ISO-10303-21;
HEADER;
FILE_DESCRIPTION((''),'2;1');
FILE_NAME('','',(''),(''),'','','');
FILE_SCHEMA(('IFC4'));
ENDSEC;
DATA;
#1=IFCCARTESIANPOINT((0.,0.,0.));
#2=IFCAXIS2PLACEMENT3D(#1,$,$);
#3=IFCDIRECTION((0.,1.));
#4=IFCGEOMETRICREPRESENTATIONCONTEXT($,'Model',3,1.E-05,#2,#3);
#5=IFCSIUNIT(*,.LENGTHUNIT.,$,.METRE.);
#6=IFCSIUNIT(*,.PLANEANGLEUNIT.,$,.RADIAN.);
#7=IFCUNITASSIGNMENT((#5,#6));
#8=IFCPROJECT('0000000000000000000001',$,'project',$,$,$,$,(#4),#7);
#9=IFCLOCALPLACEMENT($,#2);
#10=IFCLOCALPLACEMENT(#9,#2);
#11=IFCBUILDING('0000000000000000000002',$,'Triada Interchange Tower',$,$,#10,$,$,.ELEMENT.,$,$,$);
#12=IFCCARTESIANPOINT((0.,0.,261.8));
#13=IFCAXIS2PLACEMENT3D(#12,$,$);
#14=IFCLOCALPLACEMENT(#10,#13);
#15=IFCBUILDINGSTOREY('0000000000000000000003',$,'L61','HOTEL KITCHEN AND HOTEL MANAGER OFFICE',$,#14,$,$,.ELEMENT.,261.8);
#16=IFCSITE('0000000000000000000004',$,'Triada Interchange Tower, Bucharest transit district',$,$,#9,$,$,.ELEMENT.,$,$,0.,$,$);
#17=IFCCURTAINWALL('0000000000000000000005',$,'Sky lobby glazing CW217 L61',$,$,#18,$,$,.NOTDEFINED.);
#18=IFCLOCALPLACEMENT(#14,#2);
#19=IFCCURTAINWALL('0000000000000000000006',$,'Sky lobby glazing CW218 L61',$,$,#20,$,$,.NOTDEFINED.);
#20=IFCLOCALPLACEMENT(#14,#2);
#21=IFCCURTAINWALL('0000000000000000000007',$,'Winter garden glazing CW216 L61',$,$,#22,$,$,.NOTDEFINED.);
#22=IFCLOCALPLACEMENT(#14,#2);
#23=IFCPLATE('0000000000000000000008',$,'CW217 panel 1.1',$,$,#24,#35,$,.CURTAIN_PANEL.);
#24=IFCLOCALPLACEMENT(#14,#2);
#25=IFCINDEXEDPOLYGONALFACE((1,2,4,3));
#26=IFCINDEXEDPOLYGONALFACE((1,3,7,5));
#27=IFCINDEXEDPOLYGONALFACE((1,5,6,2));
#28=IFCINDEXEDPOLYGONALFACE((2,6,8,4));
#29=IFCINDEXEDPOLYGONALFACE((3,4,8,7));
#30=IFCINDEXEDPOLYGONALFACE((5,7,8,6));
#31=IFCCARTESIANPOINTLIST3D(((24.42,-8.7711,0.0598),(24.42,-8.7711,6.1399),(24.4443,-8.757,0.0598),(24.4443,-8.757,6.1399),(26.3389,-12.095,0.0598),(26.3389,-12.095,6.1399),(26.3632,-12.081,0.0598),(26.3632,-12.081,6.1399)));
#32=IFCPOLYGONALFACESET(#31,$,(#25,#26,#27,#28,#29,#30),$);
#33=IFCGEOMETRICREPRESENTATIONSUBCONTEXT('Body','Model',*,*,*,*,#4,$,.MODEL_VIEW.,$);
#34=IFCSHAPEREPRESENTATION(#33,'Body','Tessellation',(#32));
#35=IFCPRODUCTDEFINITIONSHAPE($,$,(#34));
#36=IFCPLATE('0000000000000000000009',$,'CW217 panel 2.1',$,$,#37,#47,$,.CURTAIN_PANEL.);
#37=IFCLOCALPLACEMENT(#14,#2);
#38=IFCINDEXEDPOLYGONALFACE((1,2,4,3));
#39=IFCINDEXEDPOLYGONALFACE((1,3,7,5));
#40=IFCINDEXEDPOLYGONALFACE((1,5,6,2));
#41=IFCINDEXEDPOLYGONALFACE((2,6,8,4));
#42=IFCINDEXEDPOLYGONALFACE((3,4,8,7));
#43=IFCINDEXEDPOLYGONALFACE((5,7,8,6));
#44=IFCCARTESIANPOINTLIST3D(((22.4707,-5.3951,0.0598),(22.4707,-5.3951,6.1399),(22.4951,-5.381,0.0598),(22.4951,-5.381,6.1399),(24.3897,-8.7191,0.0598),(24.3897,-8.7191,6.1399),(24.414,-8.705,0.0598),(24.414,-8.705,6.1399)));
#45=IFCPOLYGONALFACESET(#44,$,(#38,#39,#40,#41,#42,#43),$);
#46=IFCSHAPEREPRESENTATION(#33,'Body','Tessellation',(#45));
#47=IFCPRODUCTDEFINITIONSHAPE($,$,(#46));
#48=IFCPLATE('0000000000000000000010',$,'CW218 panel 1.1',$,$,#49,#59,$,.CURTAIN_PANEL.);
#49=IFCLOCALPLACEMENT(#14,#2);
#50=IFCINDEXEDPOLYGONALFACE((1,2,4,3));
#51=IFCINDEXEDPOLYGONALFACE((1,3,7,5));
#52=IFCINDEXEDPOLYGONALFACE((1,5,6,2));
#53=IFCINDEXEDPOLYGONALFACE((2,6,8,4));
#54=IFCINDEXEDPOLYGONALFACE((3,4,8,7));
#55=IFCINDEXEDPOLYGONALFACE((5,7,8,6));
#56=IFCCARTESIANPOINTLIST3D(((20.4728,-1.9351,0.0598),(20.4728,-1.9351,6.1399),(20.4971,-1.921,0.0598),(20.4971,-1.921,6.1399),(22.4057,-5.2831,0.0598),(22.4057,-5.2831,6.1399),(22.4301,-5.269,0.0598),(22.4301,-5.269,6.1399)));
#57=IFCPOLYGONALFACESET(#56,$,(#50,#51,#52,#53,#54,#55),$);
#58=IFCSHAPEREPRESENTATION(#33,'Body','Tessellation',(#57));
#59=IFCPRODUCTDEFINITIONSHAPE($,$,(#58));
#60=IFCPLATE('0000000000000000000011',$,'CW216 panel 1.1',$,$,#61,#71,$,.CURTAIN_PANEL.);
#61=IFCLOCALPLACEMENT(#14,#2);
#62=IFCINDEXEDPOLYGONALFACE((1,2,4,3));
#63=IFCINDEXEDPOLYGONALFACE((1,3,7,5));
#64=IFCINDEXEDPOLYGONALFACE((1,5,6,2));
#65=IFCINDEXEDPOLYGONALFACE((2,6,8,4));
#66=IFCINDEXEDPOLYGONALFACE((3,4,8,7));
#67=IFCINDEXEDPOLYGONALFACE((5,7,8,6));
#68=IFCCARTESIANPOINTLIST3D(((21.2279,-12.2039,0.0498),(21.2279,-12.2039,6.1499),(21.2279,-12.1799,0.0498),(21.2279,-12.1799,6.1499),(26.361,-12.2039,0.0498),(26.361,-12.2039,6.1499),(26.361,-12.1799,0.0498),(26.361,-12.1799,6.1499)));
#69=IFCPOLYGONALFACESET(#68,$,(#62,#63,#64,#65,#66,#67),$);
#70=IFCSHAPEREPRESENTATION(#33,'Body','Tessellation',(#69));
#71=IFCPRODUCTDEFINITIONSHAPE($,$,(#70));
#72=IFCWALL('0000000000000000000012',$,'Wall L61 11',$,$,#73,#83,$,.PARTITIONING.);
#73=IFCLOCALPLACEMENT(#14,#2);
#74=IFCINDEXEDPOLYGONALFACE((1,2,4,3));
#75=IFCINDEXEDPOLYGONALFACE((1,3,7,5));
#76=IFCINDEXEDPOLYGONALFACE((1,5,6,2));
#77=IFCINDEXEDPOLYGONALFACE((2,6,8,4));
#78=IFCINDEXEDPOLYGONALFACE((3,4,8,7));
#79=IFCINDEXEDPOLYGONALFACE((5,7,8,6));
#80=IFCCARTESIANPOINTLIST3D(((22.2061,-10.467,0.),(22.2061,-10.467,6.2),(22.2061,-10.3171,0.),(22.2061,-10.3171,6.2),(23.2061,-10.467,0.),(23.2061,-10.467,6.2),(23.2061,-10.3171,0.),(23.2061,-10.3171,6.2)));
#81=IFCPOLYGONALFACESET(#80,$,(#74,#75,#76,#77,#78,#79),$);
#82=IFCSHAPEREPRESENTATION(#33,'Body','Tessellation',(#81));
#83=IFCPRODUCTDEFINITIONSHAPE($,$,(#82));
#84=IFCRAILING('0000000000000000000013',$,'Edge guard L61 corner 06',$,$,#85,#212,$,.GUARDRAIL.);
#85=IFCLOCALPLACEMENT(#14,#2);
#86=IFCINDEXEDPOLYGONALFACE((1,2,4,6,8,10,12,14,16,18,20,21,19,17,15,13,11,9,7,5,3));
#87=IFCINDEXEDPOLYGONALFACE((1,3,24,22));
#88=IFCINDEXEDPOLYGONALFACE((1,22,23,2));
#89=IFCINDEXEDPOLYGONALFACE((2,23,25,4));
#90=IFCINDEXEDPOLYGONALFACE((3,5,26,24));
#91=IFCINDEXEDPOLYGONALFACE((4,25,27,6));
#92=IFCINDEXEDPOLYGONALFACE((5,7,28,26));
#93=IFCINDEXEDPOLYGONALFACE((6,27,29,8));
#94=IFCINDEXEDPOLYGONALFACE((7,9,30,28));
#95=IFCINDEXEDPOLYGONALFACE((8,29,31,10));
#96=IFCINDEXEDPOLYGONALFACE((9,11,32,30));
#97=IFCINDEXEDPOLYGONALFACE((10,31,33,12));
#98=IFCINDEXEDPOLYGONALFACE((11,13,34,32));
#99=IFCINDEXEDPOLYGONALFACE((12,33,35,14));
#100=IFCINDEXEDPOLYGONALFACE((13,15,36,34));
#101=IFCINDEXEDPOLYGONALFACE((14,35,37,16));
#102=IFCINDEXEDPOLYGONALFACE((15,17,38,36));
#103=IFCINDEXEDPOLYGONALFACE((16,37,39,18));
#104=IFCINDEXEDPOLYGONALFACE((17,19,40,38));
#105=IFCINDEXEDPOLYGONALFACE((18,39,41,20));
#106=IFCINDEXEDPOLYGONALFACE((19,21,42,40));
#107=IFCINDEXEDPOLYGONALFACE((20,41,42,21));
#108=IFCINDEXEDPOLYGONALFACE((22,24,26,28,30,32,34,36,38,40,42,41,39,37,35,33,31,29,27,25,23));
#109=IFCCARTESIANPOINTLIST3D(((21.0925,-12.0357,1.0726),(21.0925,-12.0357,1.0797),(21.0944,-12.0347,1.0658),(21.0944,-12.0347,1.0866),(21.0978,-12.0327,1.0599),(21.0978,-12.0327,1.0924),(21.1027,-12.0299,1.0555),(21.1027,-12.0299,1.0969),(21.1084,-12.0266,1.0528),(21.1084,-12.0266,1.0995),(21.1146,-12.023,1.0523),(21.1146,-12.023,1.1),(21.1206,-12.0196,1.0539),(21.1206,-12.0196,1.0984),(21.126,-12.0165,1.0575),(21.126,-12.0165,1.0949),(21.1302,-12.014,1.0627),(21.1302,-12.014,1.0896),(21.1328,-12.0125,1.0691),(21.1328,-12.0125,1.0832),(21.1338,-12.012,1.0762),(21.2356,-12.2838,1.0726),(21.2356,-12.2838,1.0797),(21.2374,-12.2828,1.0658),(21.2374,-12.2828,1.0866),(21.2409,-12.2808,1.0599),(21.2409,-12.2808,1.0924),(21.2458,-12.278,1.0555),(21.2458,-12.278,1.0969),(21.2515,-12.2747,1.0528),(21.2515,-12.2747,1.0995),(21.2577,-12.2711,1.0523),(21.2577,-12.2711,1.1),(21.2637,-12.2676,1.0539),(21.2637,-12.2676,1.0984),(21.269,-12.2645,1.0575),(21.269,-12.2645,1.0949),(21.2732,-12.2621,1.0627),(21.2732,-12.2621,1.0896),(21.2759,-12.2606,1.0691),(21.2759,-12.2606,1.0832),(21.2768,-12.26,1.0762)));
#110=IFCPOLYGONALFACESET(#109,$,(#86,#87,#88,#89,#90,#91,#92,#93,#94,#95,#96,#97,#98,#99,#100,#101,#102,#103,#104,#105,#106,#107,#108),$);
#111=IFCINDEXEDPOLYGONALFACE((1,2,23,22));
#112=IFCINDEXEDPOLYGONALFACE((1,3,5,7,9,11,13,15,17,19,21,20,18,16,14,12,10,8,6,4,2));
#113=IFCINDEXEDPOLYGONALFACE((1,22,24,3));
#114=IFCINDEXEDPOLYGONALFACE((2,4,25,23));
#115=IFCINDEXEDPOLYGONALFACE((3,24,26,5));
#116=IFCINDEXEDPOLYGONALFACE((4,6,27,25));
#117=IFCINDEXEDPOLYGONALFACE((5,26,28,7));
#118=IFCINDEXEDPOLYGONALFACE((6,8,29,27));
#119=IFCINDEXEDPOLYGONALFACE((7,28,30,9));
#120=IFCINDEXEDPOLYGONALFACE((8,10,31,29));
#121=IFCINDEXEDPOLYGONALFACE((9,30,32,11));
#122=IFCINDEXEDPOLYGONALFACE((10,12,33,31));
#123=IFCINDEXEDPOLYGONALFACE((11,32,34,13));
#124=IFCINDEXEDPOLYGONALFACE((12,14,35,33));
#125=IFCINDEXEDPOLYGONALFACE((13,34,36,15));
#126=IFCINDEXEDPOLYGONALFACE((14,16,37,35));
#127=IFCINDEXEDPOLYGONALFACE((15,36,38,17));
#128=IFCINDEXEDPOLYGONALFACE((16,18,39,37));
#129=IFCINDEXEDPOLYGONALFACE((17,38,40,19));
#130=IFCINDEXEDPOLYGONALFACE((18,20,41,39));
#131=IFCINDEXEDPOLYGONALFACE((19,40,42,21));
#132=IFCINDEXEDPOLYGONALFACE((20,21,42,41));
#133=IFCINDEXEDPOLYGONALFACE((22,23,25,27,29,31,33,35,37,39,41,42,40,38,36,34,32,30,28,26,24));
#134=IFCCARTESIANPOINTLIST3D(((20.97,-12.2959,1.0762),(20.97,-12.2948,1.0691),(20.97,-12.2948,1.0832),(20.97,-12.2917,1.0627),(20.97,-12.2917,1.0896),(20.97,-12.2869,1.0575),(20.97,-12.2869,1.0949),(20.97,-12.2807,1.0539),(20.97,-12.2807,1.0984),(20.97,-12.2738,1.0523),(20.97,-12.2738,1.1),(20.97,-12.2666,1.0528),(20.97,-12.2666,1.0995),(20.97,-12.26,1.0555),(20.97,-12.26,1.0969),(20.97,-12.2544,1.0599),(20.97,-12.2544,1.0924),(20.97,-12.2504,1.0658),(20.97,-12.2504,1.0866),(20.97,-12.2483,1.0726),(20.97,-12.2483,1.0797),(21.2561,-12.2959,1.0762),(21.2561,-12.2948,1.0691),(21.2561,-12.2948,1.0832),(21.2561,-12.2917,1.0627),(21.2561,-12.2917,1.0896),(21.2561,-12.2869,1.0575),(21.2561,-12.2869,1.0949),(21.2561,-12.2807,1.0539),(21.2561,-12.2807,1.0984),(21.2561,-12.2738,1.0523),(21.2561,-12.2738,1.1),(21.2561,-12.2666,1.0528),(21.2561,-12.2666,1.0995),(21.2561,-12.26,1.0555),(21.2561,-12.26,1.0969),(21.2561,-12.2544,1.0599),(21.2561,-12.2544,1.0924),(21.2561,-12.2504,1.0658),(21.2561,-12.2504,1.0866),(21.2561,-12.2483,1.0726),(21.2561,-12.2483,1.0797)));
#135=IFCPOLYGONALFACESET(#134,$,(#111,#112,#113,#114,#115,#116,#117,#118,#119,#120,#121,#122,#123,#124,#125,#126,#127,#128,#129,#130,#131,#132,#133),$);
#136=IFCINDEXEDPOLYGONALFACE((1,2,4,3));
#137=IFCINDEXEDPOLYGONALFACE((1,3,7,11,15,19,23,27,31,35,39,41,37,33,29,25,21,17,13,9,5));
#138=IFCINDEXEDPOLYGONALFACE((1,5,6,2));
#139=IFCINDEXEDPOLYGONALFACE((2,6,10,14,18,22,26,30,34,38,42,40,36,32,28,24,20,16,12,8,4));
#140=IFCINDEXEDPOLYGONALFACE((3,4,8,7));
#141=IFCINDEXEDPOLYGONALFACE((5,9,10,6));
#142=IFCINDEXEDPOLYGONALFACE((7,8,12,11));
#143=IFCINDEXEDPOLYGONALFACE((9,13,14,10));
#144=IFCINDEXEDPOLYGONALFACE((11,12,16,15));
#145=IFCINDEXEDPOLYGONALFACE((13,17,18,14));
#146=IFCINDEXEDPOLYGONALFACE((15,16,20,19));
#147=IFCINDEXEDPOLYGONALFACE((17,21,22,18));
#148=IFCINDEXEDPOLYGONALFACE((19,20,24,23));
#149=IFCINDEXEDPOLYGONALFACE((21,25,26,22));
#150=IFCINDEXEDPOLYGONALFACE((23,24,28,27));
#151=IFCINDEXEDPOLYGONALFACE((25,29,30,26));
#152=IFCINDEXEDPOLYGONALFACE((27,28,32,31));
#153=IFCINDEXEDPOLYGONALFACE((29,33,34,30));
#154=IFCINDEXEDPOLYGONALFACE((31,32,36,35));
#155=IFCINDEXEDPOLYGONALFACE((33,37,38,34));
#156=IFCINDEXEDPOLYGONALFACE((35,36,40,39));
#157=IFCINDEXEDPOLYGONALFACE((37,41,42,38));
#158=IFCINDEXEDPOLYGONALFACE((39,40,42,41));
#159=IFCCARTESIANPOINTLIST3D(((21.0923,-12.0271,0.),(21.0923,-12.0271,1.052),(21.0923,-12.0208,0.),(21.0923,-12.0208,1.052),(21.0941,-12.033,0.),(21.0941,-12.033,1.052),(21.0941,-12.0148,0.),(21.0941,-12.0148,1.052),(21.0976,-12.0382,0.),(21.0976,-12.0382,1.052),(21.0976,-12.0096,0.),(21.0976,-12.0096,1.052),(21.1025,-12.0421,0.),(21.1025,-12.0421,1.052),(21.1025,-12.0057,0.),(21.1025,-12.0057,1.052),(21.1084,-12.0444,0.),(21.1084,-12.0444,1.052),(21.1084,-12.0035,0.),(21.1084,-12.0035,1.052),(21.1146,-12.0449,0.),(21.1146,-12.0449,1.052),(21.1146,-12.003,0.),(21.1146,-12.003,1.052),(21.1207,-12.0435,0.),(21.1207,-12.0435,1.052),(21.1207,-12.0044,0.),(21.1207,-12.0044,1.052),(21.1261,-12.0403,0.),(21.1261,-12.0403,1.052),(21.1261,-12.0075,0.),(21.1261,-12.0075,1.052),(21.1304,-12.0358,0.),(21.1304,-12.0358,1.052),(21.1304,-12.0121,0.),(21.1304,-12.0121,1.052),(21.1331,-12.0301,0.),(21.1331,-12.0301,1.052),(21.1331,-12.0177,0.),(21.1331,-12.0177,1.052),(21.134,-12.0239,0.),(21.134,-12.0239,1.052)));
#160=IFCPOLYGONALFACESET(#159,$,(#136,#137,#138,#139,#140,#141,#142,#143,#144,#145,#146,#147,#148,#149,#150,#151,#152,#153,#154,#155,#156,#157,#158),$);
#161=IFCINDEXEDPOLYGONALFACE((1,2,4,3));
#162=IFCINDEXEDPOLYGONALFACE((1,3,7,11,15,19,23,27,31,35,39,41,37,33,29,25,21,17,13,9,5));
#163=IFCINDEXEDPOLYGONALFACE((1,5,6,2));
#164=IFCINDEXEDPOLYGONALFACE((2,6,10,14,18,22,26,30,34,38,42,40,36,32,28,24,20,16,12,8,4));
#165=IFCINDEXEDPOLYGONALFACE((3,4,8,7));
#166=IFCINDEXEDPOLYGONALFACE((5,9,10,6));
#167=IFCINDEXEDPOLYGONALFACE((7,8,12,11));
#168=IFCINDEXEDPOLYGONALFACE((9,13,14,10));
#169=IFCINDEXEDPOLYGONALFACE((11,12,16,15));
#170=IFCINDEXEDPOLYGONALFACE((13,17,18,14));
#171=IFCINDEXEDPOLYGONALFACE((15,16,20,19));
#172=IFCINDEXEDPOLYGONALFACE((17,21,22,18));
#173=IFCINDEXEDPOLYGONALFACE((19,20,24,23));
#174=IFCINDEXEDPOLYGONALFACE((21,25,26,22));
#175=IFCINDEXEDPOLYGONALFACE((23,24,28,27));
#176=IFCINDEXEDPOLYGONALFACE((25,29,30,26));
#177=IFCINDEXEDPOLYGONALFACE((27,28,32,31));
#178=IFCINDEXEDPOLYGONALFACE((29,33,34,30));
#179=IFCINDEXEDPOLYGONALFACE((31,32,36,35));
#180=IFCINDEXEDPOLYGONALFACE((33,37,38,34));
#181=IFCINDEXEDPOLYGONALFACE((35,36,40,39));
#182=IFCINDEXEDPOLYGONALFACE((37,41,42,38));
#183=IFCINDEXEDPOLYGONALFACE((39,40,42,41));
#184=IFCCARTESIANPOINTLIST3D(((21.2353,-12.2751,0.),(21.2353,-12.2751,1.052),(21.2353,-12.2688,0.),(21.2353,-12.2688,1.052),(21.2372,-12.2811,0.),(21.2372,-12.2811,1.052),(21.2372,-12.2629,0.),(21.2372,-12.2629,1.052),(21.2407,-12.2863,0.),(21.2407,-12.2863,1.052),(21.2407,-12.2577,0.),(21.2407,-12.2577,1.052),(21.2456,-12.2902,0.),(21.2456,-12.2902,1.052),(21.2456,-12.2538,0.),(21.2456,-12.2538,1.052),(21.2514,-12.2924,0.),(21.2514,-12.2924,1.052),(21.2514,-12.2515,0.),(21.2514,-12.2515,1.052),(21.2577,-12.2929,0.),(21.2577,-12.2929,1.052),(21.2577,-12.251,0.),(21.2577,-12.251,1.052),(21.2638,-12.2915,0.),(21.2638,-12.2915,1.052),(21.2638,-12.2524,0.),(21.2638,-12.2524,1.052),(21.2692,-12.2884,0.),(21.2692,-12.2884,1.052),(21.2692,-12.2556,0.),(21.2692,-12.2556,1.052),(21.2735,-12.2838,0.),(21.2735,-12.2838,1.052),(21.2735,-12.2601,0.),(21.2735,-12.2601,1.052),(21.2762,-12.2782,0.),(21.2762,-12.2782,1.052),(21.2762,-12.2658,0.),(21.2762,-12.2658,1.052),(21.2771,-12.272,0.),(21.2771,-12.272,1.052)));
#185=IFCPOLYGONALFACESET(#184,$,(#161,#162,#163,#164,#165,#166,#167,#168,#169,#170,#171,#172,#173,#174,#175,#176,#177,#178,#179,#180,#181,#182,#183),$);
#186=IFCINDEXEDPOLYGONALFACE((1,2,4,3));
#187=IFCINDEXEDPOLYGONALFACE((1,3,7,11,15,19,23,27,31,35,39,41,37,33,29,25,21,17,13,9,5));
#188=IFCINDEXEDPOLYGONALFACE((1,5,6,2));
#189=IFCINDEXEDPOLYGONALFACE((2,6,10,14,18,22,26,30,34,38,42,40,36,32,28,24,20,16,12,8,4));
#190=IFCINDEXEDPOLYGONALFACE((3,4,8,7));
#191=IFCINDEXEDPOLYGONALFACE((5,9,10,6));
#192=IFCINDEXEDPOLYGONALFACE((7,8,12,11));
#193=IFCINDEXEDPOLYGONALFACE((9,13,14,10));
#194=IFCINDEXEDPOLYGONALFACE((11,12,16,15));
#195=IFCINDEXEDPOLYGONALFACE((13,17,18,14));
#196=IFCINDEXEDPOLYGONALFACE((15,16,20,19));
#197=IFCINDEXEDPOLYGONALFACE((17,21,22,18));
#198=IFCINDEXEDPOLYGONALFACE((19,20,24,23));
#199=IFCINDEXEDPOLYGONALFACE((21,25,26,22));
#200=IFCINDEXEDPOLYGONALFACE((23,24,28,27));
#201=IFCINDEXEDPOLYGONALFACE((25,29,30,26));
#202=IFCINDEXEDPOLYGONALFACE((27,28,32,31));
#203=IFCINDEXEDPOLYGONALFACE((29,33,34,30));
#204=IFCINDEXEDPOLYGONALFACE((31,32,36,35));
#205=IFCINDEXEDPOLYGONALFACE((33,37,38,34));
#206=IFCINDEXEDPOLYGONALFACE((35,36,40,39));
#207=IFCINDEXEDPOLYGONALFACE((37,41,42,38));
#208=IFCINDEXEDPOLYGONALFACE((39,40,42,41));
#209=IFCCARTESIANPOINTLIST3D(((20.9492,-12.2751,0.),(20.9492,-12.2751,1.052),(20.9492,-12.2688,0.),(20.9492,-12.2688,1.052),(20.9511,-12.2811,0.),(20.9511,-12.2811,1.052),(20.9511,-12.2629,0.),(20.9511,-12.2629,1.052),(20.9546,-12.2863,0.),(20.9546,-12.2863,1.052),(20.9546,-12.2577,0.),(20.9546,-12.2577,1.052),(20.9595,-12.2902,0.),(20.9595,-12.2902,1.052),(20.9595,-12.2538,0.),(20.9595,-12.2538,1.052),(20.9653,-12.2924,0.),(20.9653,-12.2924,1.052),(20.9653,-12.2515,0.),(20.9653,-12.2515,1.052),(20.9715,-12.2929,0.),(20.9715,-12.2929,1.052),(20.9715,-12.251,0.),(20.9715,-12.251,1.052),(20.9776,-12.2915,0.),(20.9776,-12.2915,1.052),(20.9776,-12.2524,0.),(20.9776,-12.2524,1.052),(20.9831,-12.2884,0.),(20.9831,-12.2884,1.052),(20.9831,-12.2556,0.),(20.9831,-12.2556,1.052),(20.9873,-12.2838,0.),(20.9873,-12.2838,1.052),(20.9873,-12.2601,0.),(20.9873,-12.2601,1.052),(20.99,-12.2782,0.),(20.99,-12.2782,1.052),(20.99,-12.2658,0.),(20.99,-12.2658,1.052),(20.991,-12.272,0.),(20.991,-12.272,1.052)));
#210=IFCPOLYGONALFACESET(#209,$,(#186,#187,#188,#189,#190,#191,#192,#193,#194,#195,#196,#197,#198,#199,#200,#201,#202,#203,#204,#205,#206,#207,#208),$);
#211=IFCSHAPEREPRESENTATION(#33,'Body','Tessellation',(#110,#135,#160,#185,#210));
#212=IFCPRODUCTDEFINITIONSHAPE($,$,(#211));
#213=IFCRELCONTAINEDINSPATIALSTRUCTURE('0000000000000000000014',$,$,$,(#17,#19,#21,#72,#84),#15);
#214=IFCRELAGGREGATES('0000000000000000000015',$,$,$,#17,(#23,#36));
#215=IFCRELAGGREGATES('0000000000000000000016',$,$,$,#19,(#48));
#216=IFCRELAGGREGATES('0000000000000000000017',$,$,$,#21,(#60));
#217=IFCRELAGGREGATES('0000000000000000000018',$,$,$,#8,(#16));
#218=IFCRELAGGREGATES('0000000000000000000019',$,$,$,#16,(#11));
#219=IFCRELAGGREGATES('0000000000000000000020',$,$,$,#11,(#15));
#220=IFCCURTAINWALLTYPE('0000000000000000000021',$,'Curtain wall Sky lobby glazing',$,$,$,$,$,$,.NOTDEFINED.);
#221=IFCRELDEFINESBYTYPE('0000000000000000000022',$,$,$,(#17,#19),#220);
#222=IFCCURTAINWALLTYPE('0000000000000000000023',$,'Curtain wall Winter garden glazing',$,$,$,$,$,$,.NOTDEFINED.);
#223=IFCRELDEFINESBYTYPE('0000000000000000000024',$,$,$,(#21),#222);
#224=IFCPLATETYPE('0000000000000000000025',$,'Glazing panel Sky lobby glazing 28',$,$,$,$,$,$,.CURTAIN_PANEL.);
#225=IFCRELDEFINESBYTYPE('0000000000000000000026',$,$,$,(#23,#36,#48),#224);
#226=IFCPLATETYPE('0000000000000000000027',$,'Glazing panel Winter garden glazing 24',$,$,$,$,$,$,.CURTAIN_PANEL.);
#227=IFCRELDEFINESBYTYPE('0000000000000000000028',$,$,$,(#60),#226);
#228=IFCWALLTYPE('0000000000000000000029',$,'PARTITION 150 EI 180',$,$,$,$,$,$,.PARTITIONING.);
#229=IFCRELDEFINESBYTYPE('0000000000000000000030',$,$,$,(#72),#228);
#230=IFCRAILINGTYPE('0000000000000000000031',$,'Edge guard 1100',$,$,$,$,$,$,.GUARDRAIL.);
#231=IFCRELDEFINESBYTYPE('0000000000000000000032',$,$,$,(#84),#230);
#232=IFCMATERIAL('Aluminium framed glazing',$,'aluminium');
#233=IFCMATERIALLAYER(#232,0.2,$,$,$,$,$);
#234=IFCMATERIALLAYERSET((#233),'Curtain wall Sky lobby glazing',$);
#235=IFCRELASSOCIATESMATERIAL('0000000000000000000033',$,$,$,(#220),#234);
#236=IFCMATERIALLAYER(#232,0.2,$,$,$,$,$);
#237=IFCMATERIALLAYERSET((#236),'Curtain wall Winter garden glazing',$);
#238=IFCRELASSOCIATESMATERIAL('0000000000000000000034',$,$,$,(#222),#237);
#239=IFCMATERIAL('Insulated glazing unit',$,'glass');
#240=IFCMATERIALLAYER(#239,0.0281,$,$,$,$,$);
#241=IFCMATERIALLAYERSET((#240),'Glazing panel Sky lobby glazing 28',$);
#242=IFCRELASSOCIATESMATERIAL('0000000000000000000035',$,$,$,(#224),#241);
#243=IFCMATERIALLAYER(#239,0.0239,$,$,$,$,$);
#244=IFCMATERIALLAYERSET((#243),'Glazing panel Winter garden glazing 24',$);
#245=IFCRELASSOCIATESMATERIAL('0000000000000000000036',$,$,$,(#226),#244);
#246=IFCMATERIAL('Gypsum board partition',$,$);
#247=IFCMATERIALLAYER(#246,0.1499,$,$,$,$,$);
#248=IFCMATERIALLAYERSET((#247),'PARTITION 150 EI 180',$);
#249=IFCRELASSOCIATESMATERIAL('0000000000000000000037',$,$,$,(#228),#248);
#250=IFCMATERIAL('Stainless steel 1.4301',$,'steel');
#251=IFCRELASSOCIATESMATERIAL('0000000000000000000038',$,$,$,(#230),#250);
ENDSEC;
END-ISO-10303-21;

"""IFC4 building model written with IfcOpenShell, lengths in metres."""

from ifc_helpers import new_model, si_unit, direction, frame, frame_2d, origin, origin_2d, place, context, subcontext, project, spatial, rectangle, circle, extrude, material, layer, layer_set, type_object, element, aggregate, save


model = new_model("IFC4")

# Units and contexts
model_context = context("Model", 3, precision=1e-05, world=origin(), true_north=direction((0.0, 1.0)))
body_context = subcontext(model_context, "Body", "Model", "MODEL_VIEW")
ifc_project = project(units=[si_unit("LENGTHUNIT", "METRE"), si_unit("PLANEANGLEUNIT", "RADIAN")], contexts=[model_context])

# Site, building, storey
site_placement = place(None, origin())
site = spatial("IfcSite", under=ifc_project, at=site_placement, Name="Triada Interchange Tower, Bucharest transit district", CompositionType="ELEMENT", RefElevation=0.0)
building_placement = place(site_placement, origin())
building = spatial("IfcBuilding", under=site, at=building_placement, Name="Triada Interchange Tower", CompositionType="ELEMENT")
storey_placement = place(building_placement, frame((0.0, 0.0, 261.8)))
storey = spatial("IfcBuildingStorey", under=building, at=storey_placement, Name="L61", Description="HOTEL KITCHEN AND HOTEL MANAGER OFFICE", CompositionType="ELEMENT", Elevation=261.8)

# Curtain wall
ifc_material_1 = material(Name="Aluminium framed glazing", Category="aluminium")
ifc_layer_1 = layer(ifc_material_1, 0.2)
ifc_layer_set_1 = layer_set([ifc_layer_1], Name="Curtain wall Sky lobby glazing")
curtain_wall_type_1 = type_object("IfcCurtainWallType", Name="Curtain wall Sky lobby glazing", PredefinedType="NOTDEFINED", material=ifc_layer_set_1)
curtain_wall_1_placement = place(storey_placement, origin())
curtain_wall_1 = element("IfcCurtainWall", 1, at=curtain_wall_1_placement, inside=storey, type_object=curtain_wall_type_1, Name="Sky lobby glazing CW217 L61", PredefinedType="NOTDEFINED")

# Curtain wall
curtain_wall_2_placement = place(storey_placement, origin())
curtain_wall_2 = element("IfcCurtainWall", 2, at=curtain_wall_2_placement, inside=storey, type_object=curtain_wall_type_1, Name="Sky lobby glazing CW218 L61", PredefinedType="NOTDEFINED")

# Curtain wall
ifc_layer_2 = layer(ifc_material_1, 0.2)
ifc_layer_set_2 = layer_set([ifc_layer_2], Name="Curtain wall Winter garden glazing")
curtain_wall_type_2 = type_object("IfcCurtainWallType", Name="Curtain wall Winter garden glazing", PredefinedType="NOTDEFINED", material=ifc_layer_set_2)
curtain_wall_3_placement = place(storey_placement, origin())
curtain_wall_3 = element("IfcCurtainWall", 3, at=curtain_wall_3_placement, inside=storey, type_object=curtain_wall_type_2, Name="Winter garden glazing CW216 L61", PredefinedType="NOTDEFINED")

# Plates
ifc_material_2 = material(Name="Insulated glazing unit", Category="glass")
ifc_layer_3 = layer(ifc_material_2, 0.0281)
ifc_layer_set_3 = layer_set([ifc_layer_3], Name="Glazing panel Sky lobby glazing 28")
plate_type_1 = type_object("IfcPlateType", Name="Glazing panel Sky lobby glazing 28", PredefinedType="CURTAIN_PANEL", material=ifc_layer_set_3)
plate_1_placement = place(storey_placement, frame((25.3916, -10.426, 0.0598), z_axis=(0.0, 0.0, 1.0), x_axis=(-0.499972, 0.866041, 0.0)))
plate_1 = element("IfcPlate", 4, at=plate_1_placement, type_object=plate_type_1, Name="CW217 panel 1.1", PredefinedType="CURTAIN_PANEL", context=body_context, shape_type="SweptSolid", body=[
    extrude(rectangle(XDim=3.8381, YDim=0.0281, at=origin_2d()), origin(), (0.0, 0.0, 1.0), 6.0801),
])
plate_2_placement = place(storey_placement, frame((23.4424, -7.05, 0.0598), z_axis=(0.0, 0.0, 1.0), x_axis=(-0.499972, 0.866041, 0.0)))
plate_2 = element("IfcPlate", 5, at=plate_2_placement, type_object=plate_type_1, Name="CW217 panel 2.1", PredefinedType="CURTAIN_PANEL", context=body_context, shape_type="SweptSolid", body=[
    extrude(rectangle(XDim=3.8381, YDim=0.0281, at=origin_2d()), origin(), (0.0, 0.0, 1.0), 6.0801),
])
aggregate(curtain_wall_1, [plate_1, plate_2])
plate_3_placement = place(storey_placement, frame((21.4514, -3.6021, 0.0598), z_axis=(0.0, 0.0, 1.0), x_axis=(-0.5, 0.866026, 0.0)))
plate_3 = element("IfcPlate", 6, at=plate_3_placement, type_object=plate_type_1, Name="CW218 panel 1.1", PredefinedType="CURTAIN_PANEL", context=body_context, shape_type="SweptSolid", body=[
    extrude(rectangle(XDim=3.866, YDim=0.0281, at=origin_2d()), origin(), (0.0, 0.0, 1.0), 6.0801),
])
aggregate(curtain_wall_2, [plate_3])
ifc_layer_4 = layer(ifc_material_2, 0.0239)
ifc_layer_set_4 = layer_set([ifc_layer_4], Name="Glazing panel Winter garden glazing 24")
plate_type_2 = type_object("IfcPlateType", Name="Glazing panel Winter garden glazing 24", PredefinedType="CURTAIN_PANEL", material=ifc_layer_set_4)
plate_4_placement = place(storey_placement, frame((23.7944, -12.1919, 0.0498), z_axis=(0.0, 0.0, 1.0), x_axis=(1.0, 0.0, 0.0)))
plate_4 = element("IfcPlate", 7, at=plate_4_placement, type_object=plate_type_2, Name="CW216 panel 1.1", PredefinedType="CURTAIN_PANEL", context=body_context, shape_type="SweptSolid", body=[
    extrude(rectangle(XDim=5.1331, YDim=0.0239, at=origin_2d()), origin(), (0.0, 0.0, 1.0), 6.1001),
])
aggregate(curtain_wall_3, [plate_4])

# Wall
ifc_material_3 = material(Name="Gypsum board partition")
ifc_layer_5 = layer(ifc_material_3, 0.1499)
ifc_layer_set_5 = layer_set([ifc_layer_5], Name="PARTITION 150 EI 180")
wall_type = type_object("IfcWallType", Name="PARTITION 150 EI 180", PredefinedType="PARTITIONING", material=ifc_layer_set_5)
wall_placement = place(storey_placement, frame((22.2061, -10.3921, 0.0), z_axis=(0.0, 0.0, 1.0), x_axis=(1.0, 0.0, 0.0)))
element("IfcWall", 8, at=wall_placement, inside=storey, type_object=wall_type, Name="Wall L61 11", PredefinedType="PARTITIONING", context=body_context, shape_type="SweptSolid", body=[
    extrude(rectangle(XDim=1.0, YDim=0.1499, at=frame_2d((0.5, 0.0))), origin(), (0.0, 0.0, 1.0), 6.2),
])

# Railing
ifc_material_4 = material(Name="Stainless steel 1.4301", Category="steel")
railing_type = type_object("IfcRailingType", Name="Edge guard 1100", PredefinedType="GUARDRAIL", material=ifc_material_4)
railing_placement = place(storey_placement, frame((21.113, -12.0239, 0.0)))
element("IfcRailing", 9, at=railing_placement, inside=storey, type_object=railing_type, Name="Edge guard L61 corner 06", PredefinedType="GUARDRAIL", context=body_context, shape_type="SweptSolid", body=[
    extrude(circle(Radius=0.0239, at=origin_2d()), frame((0.0, 0.0, 1.0762), z_axis=(0.499624, -0.866242, 0.0), x_axis=(0.866242, 0.499624, 0.0)), (0.0, 0.0, 1.0), 0.2864),
    extrude(circle(Radius=0.0239, at=origin_2d()), frame((0.1431, -0.248, 1.0762), z_axis=(-1.0, 0.0, 0.0), x_axis=(0.0, -1.0, 0.0)), (0.0, 0.0, 1.0), 0.2861),
    extrude(circle(Radius=0.021, at=origin_2d()), origin(), (0.0, 0.0, 1.0), 1.052),
    extrude(circle(Radius=0.021, at=origin_2d()), frame((0.1431, -0.248, 0.0)), (0.0, 0.0, 1.0), 1.052),
    extrude(circle(Radius=0.021, at=origin_2d()), frame((-0.1431, -0.248, 0.0)), (0.0, 0.0, 1.0), 1.052),
])

save(model, "model.ifc")
